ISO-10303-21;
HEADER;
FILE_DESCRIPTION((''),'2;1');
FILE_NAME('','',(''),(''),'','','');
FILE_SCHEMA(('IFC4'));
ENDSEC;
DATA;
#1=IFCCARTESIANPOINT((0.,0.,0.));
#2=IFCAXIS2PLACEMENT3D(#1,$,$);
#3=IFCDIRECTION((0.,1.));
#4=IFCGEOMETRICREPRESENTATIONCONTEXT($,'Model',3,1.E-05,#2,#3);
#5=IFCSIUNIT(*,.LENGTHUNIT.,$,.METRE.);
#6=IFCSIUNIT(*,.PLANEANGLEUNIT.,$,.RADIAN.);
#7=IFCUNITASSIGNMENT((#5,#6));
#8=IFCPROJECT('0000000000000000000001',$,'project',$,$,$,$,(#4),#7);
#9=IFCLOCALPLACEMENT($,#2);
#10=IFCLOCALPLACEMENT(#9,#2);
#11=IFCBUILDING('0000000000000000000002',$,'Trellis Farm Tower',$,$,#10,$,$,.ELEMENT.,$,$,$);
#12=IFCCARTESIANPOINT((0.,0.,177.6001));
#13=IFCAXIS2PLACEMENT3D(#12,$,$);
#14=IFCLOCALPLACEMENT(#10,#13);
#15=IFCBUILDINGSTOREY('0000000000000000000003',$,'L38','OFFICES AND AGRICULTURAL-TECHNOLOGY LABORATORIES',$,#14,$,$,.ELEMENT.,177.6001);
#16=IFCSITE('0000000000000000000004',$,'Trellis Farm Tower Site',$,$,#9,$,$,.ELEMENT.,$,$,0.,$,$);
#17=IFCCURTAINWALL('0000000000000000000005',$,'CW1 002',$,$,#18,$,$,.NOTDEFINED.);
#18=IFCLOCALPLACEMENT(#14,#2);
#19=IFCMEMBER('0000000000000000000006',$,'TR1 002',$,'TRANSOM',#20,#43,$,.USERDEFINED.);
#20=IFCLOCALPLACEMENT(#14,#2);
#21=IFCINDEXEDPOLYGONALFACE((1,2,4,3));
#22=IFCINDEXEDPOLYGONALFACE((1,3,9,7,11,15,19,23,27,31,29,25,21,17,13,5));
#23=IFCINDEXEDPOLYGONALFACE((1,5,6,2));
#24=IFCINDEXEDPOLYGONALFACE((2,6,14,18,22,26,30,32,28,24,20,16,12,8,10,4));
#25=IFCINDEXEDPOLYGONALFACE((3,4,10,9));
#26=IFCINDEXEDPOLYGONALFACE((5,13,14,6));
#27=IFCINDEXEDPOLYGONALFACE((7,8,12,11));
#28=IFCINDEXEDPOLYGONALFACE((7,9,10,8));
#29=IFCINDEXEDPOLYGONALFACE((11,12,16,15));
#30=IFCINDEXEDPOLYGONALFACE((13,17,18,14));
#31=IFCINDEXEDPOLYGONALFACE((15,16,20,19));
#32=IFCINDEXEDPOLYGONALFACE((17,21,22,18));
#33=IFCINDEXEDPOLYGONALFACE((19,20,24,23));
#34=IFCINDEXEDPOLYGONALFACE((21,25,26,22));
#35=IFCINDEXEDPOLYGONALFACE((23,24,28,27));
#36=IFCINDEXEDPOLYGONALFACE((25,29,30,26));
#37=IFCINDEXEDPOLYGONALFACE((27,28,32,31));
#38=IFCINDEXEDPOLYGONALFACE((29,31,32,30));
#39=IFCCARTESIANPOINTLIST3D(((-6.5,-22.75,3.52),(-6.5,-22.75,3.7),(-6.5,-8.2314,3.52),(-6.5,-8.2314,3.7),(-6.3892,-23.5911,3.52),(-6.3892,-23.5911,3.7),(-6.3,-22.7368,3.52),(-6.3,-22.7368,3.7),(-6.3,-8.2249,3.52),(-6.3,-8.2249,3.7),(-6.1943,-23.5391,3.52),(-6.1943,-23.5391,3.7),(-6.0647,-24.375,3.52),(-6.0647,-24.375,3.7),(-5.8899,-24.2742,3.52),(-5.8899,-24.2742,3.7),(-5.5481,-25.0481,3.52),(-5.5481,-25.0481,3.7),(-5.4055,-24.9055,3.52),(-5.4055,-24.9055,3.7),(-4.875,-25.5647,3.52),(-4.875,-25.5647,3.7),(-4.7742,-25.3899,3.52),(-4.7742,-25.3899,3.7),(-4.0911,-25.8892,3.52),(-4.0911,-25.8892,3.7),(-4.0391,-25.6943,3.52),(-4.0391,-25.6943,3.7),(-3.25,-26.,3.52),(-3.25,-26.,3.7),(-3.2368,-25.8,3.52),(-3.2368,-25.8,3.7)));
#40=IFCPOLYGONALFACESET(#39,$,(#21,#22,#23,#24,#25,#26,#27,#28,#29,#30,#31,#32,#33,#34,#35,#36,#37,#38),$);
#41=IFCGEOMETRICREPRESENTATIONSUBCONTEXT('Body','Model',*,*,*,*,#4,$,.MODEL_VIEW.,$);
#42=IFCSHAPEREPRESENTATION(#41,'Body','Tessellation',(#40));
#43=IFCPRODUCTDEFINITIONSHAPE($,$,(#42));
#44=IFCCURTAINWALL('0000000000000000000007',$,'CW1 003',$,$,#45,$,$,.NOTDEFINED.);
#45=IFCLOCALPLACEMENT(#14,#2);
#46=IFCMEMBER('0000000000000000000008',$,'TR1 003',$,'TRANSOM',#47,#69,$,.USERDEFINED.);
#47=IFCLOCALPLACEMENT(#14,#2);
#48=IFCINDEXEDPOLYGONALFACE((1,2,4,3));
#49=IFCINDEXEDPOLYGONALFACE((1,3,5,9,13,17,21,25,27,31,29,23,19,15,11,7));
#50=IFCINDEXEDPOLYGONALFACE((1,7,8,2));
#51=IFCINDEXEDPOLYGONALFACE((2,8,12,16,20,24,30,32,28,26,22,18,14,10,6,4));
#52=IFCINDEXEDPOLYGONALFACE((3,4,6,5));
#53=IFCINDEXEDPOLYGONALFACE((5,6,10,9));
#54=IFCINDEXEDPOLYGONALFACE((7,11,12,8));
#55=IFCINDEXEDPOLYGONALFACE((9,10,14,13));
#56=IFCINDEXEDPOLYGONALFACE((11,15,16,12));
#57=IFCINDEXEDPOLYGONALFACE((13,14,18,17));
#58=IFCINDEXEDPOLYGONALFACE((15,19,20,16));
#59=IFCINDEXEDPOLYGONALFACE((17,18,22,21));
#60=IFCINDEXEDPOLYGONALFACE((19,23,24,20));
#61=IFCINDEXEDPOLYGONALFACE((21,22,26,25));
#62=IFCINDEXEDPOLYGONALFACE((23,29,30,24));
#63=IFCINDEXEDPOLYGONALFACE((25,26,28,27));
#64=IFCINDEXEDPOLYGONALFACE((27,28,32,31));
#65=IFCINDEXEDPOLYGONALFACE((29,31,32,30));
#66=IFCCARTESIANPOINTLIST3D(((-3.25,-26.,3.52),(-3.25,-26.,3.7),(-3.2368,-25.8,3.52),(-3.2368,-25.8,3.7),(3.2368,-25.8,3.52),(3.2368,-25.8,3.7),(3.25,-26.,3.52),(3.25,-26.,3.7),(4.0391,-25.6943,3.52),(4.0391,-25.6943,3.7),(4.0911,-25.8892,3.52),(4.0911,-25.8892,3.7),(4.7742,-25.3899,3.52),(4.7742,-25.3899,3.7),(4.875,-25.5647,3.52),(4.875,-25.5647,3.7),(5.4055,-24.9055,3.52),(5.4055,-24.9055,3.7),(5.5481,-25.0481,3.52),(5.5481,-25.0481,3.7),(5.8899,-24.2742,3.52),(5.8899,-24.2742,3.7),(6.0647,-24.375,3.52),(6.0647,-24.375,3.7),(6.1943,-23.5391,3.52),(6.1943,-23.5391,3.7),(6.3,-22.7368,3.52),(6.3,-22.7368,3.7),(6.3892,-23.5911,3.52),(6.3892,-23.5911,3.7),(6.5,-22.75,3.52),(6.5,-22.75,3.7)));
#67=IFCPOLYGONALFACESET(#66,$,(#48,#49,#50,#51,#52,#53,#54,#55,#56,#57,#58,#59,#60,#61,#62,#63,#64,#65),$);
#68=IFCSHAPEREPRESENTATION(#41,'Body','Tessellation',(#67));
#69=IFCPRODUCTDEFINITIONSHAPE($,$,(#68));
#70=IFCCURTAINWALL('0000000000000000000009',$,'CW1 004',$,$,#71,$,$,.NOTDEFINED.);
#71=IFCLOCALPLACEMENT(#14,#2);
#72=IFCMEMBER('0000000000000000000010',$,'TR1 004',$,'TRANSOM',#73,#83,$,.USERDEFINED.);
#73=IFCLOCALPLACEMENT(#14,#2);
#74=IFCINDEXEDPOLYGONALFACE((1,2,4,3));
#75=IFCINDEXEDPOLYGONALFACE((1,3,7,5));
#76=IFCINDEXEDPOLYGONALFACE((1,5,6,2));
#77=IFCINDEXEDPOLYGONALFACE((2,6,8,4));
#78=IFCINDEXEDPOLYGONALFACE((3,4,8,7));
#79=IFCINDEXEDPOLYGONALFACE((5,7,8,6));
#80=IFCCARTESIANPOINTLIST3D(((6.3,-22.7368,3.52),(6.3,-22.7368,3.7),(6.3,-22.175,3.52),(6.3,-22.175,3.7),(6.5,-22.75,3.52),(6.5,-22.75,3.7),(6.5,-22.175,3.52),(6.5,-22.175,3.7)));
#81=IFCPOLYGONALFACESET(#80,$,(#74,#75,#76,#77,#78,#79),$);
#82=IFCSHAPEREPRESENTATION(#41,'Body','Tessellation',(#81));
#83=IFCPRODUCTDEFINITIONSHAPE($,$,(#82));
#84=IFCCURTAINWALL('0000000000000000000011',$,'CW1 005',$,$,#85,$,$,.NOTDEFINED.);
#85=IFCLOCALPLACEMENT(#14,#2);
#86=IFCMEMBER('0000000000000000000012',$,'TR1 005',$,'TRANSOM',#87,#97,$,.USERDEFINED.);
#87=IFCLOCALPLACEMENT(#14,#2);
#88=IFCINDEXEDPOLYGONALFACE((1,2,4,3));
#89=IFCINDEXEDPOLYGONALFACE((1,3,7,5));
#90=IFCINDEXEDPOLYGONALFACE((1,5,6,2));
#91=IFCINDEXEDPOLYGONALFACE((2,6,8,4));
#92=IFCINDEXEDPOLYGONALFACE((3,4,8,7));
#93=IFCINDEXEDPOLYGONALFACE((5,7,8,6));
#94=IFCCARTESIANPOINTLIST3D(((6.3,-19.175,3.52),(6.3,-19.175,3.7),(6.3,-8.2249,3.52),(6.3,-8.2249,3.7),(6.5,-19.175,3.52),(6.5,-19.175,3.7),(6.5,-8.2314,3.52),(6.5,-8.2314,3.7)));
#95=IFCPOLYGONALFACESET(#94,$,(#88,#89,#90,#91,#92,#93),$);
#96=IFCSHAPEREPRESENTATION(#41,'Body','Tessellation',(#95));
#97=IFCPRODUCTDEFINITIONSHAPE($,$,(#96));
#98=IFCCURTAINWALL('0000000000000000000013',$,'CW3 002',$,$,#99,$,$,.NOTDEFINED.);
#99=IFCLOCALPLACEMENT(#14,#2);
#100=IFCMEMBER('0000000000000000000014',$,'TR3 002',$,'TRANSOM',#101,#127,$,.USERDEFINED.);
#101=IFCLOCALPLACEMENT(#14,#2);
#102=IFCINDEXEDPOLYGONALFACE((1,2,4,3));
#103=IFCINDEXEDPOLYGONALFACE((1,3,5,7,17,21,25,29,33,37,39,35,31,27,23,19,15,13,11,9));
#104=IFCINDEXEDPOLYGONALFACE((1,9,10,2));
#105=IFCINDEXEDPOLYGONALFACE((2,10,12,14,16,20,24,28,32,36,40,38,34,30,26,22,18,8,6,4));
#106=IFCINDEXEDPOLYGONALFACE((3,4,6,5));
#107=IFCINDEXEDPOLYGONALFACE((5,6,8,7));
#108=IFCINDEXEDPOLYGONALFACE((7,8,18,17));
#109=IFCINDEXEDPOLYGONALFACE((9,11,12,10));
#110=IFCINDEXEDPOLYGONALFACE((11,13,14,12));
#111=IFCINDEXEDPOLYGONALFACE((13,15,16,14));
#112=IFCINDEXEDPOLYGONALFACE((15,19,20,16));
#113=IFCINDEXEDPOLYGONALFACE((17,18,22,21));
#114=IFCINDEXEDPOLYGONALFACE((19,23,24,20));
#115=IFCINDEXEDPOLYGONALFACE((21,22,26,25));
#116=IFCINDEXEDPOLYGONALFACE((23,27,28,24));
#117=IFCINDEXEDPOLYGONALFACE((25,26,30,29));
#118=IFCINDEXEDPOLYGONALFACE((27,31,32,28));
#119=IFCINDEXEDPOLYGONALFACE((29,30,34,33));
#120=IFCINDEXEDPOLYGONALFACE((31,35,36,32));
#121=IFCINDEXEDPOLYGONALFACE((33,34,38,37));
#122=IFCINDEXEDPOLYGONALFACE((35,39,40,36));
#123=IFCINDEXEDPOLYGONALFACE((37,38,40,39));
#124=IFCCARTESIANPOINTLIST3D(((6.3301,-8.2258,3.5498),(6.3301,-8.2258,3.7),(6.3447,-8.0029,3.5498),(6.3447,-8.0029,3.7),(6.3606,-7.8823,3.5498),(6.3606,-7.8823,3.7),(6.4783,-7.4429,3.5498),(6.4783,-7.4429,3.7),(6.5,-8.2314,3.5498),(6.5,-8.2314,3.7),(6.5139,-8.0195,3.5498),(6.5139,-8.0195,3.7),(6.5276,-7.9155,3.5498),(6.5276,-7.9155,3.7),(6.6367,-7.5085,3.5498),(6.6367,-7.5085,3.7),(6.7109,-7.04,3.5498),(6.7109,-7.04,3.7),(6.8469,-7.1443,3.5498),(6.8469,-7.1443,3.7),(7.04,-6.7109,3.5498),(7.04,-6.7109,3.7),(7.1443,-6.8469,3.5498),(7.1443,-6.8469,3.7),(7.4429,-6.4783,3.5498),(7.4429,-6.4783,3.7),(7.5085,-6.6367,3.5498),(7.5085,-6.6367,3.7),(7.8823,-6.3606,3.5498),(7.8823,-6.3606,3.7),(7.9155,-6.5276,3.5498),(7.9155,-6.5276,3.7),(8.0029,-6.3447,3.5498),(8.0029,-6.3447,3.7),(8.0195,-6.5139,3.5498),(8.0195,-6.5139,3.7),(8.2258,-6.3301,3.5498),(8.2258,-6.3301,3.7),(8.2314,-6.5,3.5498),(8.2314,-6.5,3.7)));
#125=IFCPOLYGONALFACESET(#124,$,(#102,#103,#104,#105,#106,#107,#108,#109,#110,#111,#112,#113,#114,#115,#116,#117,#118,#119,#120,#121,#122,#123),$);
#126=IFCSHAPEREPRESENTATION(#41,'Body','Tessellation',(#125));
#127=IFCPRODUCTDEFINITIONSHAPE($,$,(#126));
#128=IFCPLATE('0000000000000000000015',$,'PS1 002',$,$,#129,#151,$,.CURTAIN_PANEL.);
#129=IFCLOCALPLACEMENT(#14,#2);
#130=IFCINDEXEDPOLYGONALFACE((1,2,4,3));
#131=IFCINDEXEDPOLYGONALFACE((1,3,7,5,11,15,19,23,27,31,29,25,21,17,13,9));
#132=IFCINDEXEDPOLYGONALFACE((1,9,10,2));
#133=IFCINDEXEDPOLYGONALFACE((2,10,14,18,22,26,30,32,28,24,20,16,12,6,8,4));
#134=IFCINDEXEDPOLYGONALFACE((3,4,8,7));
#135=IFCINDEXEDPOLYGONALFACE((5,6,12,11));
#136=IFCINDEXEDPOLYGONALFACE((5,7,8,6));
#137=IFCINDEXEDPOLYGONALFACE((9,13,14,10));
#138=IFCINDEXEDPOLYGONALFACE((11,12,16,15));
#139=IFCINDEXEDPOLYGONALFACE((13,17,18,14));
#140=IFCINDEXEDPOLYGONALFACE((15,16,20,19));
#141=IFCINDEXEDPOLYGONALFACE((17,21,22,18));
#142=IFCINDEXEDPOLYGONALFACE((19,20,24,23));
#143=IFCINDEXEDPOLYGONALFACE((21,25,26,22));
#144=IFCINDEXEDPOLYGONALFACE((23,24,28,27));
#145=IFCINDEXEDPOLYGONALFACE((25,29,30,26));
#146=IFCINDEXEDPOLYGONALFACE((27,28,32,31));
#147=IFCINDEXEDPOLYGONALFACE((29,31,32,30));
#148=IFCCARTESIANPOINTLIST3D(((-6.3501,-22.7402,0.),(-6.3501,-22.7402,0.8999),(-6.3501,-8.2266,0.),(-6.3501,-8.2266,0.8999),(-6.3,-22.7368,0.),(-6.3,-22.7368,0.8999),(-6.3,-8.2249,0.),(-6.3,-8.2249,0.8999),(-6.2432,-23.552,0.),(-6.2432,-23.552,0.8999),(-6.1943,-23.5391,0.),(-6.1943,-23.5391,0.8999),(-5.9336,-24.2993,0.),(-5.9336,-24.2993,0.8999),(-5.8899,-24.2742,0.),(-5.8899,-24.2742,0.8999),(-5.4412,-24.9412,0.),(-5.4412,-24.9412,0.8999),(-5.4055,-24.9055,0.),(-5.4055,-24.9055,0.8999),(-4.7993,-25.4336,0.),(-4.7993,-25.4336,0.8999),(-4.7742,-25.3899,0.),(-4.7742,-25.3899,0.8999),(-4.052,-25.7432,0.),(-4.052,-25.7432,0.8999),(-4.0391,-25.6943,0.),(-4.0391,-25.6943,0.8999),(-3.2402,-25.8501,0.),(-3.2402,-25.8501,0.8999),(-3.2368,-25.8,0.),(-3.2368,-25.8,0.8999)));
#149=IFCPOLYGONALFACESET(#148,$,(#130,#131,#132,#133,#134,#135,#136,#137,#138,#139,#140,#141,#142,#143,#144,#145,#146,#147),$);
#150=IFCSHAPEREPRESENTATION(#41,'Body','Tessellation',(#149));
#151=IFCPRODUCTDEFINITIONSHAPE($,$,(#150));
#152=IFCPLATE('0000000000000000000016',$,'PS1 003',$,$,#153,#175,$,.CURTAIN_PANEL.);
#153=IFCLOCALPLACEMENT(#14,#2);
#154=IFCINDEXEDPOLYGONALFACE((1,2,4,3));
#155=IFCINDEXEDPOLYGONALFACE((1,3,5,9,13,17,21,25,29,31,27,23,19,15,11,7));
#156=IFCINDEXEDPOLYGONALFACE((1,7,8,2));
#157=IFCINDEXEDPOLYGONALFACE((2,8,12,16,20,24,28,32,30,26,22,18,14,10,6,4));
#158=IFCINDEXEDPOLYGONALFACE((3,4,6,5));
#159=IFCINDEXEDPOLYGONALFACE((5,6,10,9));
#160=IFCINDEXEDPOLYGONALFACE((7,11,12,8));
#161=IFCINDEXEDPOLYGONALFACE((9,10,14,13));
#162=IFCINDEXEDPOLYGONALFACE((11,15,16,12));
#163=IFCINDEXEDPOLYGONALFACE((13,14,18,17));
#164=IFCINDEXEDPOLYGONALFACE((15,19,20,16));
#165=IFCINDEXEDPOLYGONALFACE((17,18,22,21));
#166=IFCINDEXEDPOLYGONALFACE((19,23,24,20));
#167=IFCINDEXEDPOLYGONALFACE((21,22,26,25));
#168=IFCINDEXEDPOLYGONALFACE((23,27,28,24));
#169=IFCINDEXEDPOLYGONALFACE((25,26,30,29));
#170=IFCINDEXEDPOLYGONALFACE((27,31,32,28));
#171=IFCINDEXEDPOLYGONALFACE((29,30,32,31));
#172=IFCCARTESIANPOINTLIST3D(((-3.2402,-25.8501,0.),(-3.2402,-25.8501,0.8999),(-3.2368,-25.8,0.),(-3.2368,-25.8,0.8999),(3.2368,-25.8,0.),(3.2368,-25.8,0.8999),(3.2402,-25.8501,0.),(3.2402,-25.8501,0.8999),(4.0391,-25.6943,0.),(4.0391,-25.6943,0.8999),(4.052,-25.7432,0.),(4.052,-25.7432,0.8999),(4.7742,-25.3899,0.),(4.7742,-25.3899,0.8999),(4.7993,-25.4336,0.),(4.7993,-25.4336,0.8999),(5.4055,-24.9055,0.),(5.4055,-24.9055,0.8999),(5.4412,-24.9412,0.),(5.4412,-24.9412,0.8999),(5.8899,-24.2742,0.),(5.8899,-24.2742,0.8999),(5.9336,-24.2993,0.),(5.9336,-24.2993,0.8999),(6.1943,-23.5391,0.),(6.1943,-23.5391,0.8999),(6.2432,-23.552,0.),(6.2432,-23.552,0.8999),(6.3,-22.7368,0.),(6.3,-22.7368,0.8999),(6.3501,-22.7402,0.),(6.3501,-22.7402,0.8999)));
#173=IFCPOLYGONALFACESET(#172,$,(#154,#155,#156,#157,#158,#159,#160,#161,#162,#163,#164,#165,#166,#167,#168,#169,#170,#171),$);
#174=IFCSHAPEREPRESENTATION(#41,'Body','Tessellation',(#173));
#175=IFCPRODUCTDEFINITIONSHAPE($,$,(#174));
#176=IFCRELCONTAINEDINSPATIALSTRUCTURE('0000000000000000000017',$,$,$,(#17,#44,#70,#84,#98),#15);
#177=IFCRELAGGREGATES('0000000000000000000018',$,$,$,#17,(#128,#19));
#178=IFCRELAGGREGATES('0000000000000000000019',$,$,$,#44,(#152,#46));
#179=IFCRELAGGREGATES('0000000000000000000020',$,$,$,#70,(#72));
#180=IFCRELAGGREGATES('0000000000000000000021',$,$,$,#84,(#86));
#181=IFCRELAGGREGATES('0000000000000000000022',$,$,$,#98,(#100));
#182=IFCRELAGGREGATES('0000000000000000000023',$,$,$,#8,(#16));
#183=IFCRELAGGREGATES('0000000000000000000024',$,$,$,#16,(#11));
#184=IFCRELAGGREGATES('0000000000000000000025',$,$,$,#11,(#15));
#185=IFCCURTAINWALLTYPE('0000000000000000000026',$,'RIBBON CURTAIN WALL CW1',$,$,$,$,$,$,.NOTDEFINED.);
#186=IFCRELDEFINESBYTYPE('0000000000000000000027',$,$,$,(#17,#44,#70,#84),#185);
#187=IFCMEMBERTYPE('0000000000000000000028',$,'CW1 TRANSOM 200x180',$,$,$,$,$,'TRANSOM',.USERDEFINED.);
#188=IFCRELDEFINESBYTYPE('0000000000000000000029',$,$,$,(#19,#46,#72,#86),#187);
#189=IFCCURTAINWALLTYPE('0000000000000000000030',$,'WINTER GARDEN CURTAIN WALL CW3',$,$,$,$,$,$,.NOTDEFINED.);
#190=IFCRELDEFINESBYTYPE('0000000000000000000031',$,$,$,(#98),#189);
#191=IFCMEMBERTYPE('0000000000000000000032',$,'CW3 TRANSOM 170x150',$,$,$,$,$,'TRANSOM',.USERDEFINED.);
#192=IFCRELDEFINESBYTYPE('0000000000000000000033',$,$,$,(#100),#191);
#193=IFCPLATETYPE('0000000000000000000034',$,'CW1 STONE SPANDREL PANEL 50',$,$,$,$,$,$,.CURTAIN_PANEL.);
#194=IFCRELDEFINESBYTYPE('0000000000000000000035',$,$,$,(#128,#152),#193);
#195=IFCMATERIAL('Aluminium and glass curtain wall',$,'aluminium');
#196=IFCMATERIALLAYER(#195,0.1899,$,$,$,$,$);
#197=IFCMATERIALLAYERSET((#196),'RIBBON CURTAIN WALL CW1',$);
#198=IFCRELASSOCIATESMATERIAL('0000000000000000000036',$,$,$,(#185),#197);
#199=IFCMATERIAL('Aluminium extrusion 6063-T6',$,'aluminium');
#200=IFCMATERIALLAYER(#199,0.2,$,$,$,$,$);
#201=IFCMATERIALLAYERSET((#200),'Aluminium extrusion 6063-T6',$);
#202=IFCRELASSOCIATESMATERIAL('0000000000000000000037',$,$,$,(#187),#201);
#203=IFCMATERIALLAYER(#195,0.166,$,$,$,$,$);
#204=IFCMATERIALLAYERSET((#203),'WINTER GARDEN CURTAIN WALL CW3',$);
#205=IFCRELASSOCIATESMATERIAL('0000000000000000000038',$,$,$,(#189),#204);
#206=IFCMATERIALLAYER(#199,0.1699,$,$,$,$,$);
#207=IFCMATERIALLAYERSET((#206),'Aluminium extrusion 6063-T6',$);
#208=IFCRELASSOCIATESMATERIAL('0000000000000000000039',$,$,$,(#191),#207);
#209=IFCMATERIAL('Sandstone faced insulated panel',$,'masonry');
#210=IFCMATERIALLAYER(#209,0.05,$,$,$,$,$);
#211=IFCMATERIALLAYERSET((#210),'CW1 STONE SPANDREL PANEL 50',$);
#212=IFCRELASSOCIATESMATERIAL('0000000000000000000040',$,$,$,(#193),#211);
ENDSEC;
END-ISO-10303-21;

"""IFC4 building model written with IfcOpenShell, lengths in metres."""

from ifc_helpers import new_model, si_unit, direction, frame, origin, place, context, subcontext, project, spatial, polyline, outline, extrude, source, transform, mapped, material, layer, layer_set, type_object, element, aggregate, save


model = new_model("IFC4")

# Units and contexts
model_context = context("Model", 3, precision=1e-05, world=origin(), true_north=direction((0.0, 1.0)))
body_context = subcontext(model_context, "Body", "Model", "MODEL_VIEW")
ifc_project = project(units=[si_unit("LENGTHUNIT", "METRE"), si_unit("PLANEANGLEUNIT", "RADIAN")], contexts=[model_context])

# Site, building, storey
site_placement = place(None, origin())
site = spatial("IfcSite", under=ifc_project, at=site_placement, Name="Trellis Farm Tower Site", CompositionType="ELEMENT", RefElevation=0.0)
building_placement = place(site_placement, origin())
building = spatial("IfcBuilding", under=site, at=building_placement, Name="Trellis Farm Tower", CompositionType="ELEMENT")
storey_placement = place(building_placement, frame((0.0, 0.0, 177.6001)))
storey = spatial("IfcBuildingStorey", under=building, at=storey_placement, Name="L38", Description="OFFICES AND AGRICULTURAL-TECHNOLOGY LABORATORIES", CompositionType="ELEMENT", Elevation=177.6001)

# Curtain walls, members
ifc_material_1 = material(Name="Aluminium and glass curtain wall", Category="aluminium")
ifc_layer_1 = layer(ifc_material_1, 0.1899)
ifc_layer_set_1 = layer_set([ifc_layer_1], Name="RIBBON CURTAIN WALL CW1")
curtain_wall_type_1 = type_object("IfcCurtainWallType", Name="RIBBON CURTAIN WALL CW1", PredefinedType="NOTDEFINED", material=ifc_layer_set_1)
placement_1 = place(storey_placement, origin())
curtain_wall_1 = element("IfcCurtainWall", 1, at=placement_1, inside=storey, type_object=curtain_wall_type_1, Name="CW1 002", PredefinedType="NOTDEFINED")
ifc_material_2 = material(Name="Aluminium extrusion 6063-T6", Category="aluminium")
ifc_layer_2 = layer(ifc_material_2, 0.2)
ifc_layer_set_2 = layer_set([ifc_layer_2], Name="Aluminium extrusion 6063-T6")
member_type_1 = type_object("IfcMemberType", Name="CW1 TRANSOM 200x180", ElementType="TRANSOM", PredefinedType="USERDEFINED", material=ifc_layer_set_2)
shared_shape_1 = source(origin(), body_context, "Body", "SweptSolid", [
    extrude(outline(polyline([(-6.5, -8.2314), (-6.5, -22.75), (-6.3892, -23.5911), (-6.0647, -24.375), (-5.5481, -25.0481), (-4.875, -25.5647), (-4.0911, -25.8892), (-3.25, -26.0), (-3.2368, -25.8), (-4.0391, -25.6943), (-4.7742, -25.3899), (-5.4055, -24.9055), (-5.8899, -24.2742), (-6.1943, -23.5391), (-6.3, -22.7368), (-6.3, -8.2249), (-6.5, -8.2314)])), origin(), (0.0, 0.0, 1.0), 0.1799),
])
placement_2 = place(storey_placement, frame((0.0, 0.0, 3.52)))
member_1 = element("IfcMember", 2, at=placement_2, type_object=member_type_1, Name="TR1 002", ObjectType="TRANSOM", PredefinedType="USERDEFINED", context=body_context, shape_type="MappedRepresentation", body=[
    mapped(shared_shape_1, transform((0.0, 0.0, 0.0))),
])
curtain_wall_2 = element("IfcCurtainWall", 3, at=placement_1, inside=storey, type_object=curtain_wall_type_1, Name="CW1 003", PredefinedType="NOTDEFINED")
shared_shape_2 = source(origin(), body_context, "Body", "SweptSolid", [
    extrude(outline(polyline([(-3.25, -26.0), (3.25, -26.0), (4.0911, -25.8892), (4.875, -25.5647), (5.5481, -25.0481), (6.0647, -24.375), (6.3892, -23.5911), (6.5, -22.75), (6.3, -22.7368), (6.1943, -23.5391), (5.8899, -24.2742), (5.4055, -24.9055), (4.7742, -25.3899), (4.0391, -25.6943), (3.2368, -25.8), (-3.2368, -25.8), (-3.25, -26.0)])), origin(), (0.0, 0.0, 1.0), 0.1799),
])
member_2 = element("IfcMember", 4, at=placement_2, type_object=member_type_1, Name="TR1 003", ObjectType="TRANSOM", PredefinedType="USERDEFINED", context=body_context, shape_type="MappedRepresentation", body=[
    mapped(shared_shape_2, transform((0.0, 0.0, 0.0))),
])
curtain_wall_3 = element("IfcCurtainWall", 5, at=placement_1, inside=storey, type_object=curtain_wall_type_1, Name="CW1 004", PredefinedType="NOTDEFINED")
shared_shape_3 = source(origin(), body_context, "Body", "SweptSolid", [
    extrude(outline(polyline([(6.5, -22.75), (6.5, -22.175), (6.3, -22.175), (6.3, -22.7368), (6.5, -22.75)])), origin(), (0.0, 0.0, 1.0), 0.1799),
])
member_3 = element("IfcMember", 6, at=placement_2, type_object=member_type_1, Name="TR1 004", ObjectType="TRANSOM", PredefinedType="USERDEFINED", context=body_context, shape_type="MappedRepresentation", body=[
    mapped(shared_shape_3, transform((0.0, 0.0, 0.0))),
])
curtain_wall_4 = element("IfcCurtainWall", 7, at=placement_1, inside=storey, type_object=curtain_wall_type_1, Name="CW1 005", PredefinedType="NOTDEFINED")
shared_shape_4 = source(origin(), body_context, "Body", "SweptSolid", [
    extrude(outline(polyline([(6.5, -19.175), (6.5, -8.2314), (6.3, -8.2249), (6.3, -19.175), (6.5, -19.175)])), origin(), (0.0, 0.0, 1.0), 0.1799),
])
member_4 = element("IfcMember", 8, at=placement_2, type_object=member_type_1, Name="TR1 005", ObjectType="TRANSOM", PredefinedType="USERDEFINED", context=body_context, shape_type="MappedRepresentation", body=[
    mapped(shared_shape_4, transform((0.0, 0.0, 0.0))),
])
ifc_layer_3 = layer(ifc_material_1, 0.166)
ifc_layer_set_3 = layer_set([ifc_layer_3], Name="WINTER GARDEN CURTAIN WALL CW3")
curtain_wall_type_2 = type_object("IfcCurtainWallType", Name="WINTER GARDEN CURTAIN WALL CW3", PredefinedType="NOTDEFINED", material=ifc_layer_set_3)
curtain_wall_5 = element("IfcCurtainWall", 9, at=placement_1, inside=storey, type_object=curtain_wall_type_2, Name="CW3 002", PredefinedType="NOTDEFINED")
ifc_layer_4 = layer(ifc_material_2, 0.1699)
ifc_layer_set_4 = layer_set([ifc_layer_4], Name="Aluminium extrusion 6063-T6")
member_type_2 = type_object("IfcMemberType", Name="CW3 TRANSOM 170x150", ElementType="TRANSOM", PredefinedType="USERDEFINED", material=ifc_layer_set_4)
shared_shape_5 = source(origin(), body_context, "Body", "SweptSolid", [
    extrude(outline(polyline([(6.5, -8.2314), (6.5139, -8.0195), (6.5276, -7.9155), (6.6367, -7.5085), (6.8469, -7.1443), (7.1443, -6.8469), (7.5085, -6.6367), (7.9155, -6.5276), (8.0195, -6.5139), (8.2314, -6.5), (8.2258, -6.3301), (8.0029, -6.3447), (7.8823, -6.3606), (7.4429, -6.4783), (7.04, -6.7109), (6.7109, -7.04), (6.4783, -7.4429), (6.3606, -7.8823), (6.3447, -8.0029), (6.3301, -8.2258), (6.5, -8.2314)])), origin(), (0.0, 0.0, 1.0), 0.1501),
])
member_5_placement = place(storey_placement, frame((0.0, 0.0, 3.5498)))
member_5 = element("IfcMember", 10, at=member_5_placement, type_object=member_type_2, Name="TR3 002", ObjectType="TRANSOM", PredefinedType="USERDEFINED", context=body_context, shape_type="MappedRepresentation", body=[
    mapped(shared_shape_5, transform((0.0, 0.0, 0.0))),
])

# Plates
ifc_material_3 = material(Name="Sandstone faced insulated panel", Category="masonry")
ifc_layer_5 = layer(ifc_material_3, 0.05)
ifc_layer_set_5 = layer_set([ifc_layer_5], Name="CW1 STONE SPANDREL PANEL 50")
plate_type_1 = type_object("IfcPlateType", Name="CW1 STONE SPANDREL PANEL 50", PredefinedType="CURTAIN_PANEL", material=ifc_layer_set_5)
shared_shape_6 = source(origin(), body_context, "Body", "SweptSolid", [
    extrude(outline(polyline([(-6.3501, -8.2266), (-6.3501, -22.7402), (-6.2432, -23.552), (-5.9336, -24.2993), (-5.4412, -24.9412), (-4.7993, -25.4336), (-4.052, -25.7432), (-3.2402, -25.8501), (-3.2368, -25.8), (-4.0391, -25.6943), (-4.7742, -25.3899), (-5.4055, -24.9055), (-5.8899, -24.2742), (-6.1943, -23.5391), (-6.3, -22.7368), (-6.3, -8.2249), (-6.3501, -8.2266)])), origin(), (0.0, 0.0, 1.0), 0.8999),
])
plate_1 = element("IfcPlate", 11, at=placement_1, type_object=plate_type_1, Name="PS1 002", PredefinedType="CURTAIN_PANEL", context=body_context, shape_type="MappedRepresentation", body=[
    mapped(shared_shape_6, transform((0.0, 0.0, 0.0))),
])
shared_shape_7 = source(origin(), body_context, "Body", "SweptSolid", [
    extrude(outline(polyline([(-3.2402, -25.8501), (3.2402, -25.8501), (4.052, -25.7432), (4.7993, -25.4336), (5.4412, -24.9412), (5.9336, -24.2993), (6.2432, -23.552), (6.3501, -22.7402), (6.3, -22.7368), (6.1943, -23.5391), (5.8899, -24.2742), (5.4055, -24.9055), (4.7742, -25.3899), (4.0391, -25.6943), (3.2368, -25.8), (-3.2368, -25.8), (-3.2402, -25.8501)])), origin(), (0.0, 0.0, 1.0), 0.8999),
])
plate_2 = element("IfcPlate", 12, at=placement_1, type_object=plate_type_1, Name="PS1 003", PredefinedType="CURTAIN_PANEL", context=body_context, shape_type="MappedRepresentation", body=[
    mapped(shared_shape_7, transform((0.0, 0.0, 0.0))),
])
aggregate(curtain_wall_1, [plate_1, member_1])
aggregate(curtain_wall_2, [plate_2, member_2])
aggregate(curtain_wall_3, [member_3])
aggregate(curtain_wall_4, [member_4])
aggregate(curtain_wall_5, [member_5])

save(model, "model.ifc")
